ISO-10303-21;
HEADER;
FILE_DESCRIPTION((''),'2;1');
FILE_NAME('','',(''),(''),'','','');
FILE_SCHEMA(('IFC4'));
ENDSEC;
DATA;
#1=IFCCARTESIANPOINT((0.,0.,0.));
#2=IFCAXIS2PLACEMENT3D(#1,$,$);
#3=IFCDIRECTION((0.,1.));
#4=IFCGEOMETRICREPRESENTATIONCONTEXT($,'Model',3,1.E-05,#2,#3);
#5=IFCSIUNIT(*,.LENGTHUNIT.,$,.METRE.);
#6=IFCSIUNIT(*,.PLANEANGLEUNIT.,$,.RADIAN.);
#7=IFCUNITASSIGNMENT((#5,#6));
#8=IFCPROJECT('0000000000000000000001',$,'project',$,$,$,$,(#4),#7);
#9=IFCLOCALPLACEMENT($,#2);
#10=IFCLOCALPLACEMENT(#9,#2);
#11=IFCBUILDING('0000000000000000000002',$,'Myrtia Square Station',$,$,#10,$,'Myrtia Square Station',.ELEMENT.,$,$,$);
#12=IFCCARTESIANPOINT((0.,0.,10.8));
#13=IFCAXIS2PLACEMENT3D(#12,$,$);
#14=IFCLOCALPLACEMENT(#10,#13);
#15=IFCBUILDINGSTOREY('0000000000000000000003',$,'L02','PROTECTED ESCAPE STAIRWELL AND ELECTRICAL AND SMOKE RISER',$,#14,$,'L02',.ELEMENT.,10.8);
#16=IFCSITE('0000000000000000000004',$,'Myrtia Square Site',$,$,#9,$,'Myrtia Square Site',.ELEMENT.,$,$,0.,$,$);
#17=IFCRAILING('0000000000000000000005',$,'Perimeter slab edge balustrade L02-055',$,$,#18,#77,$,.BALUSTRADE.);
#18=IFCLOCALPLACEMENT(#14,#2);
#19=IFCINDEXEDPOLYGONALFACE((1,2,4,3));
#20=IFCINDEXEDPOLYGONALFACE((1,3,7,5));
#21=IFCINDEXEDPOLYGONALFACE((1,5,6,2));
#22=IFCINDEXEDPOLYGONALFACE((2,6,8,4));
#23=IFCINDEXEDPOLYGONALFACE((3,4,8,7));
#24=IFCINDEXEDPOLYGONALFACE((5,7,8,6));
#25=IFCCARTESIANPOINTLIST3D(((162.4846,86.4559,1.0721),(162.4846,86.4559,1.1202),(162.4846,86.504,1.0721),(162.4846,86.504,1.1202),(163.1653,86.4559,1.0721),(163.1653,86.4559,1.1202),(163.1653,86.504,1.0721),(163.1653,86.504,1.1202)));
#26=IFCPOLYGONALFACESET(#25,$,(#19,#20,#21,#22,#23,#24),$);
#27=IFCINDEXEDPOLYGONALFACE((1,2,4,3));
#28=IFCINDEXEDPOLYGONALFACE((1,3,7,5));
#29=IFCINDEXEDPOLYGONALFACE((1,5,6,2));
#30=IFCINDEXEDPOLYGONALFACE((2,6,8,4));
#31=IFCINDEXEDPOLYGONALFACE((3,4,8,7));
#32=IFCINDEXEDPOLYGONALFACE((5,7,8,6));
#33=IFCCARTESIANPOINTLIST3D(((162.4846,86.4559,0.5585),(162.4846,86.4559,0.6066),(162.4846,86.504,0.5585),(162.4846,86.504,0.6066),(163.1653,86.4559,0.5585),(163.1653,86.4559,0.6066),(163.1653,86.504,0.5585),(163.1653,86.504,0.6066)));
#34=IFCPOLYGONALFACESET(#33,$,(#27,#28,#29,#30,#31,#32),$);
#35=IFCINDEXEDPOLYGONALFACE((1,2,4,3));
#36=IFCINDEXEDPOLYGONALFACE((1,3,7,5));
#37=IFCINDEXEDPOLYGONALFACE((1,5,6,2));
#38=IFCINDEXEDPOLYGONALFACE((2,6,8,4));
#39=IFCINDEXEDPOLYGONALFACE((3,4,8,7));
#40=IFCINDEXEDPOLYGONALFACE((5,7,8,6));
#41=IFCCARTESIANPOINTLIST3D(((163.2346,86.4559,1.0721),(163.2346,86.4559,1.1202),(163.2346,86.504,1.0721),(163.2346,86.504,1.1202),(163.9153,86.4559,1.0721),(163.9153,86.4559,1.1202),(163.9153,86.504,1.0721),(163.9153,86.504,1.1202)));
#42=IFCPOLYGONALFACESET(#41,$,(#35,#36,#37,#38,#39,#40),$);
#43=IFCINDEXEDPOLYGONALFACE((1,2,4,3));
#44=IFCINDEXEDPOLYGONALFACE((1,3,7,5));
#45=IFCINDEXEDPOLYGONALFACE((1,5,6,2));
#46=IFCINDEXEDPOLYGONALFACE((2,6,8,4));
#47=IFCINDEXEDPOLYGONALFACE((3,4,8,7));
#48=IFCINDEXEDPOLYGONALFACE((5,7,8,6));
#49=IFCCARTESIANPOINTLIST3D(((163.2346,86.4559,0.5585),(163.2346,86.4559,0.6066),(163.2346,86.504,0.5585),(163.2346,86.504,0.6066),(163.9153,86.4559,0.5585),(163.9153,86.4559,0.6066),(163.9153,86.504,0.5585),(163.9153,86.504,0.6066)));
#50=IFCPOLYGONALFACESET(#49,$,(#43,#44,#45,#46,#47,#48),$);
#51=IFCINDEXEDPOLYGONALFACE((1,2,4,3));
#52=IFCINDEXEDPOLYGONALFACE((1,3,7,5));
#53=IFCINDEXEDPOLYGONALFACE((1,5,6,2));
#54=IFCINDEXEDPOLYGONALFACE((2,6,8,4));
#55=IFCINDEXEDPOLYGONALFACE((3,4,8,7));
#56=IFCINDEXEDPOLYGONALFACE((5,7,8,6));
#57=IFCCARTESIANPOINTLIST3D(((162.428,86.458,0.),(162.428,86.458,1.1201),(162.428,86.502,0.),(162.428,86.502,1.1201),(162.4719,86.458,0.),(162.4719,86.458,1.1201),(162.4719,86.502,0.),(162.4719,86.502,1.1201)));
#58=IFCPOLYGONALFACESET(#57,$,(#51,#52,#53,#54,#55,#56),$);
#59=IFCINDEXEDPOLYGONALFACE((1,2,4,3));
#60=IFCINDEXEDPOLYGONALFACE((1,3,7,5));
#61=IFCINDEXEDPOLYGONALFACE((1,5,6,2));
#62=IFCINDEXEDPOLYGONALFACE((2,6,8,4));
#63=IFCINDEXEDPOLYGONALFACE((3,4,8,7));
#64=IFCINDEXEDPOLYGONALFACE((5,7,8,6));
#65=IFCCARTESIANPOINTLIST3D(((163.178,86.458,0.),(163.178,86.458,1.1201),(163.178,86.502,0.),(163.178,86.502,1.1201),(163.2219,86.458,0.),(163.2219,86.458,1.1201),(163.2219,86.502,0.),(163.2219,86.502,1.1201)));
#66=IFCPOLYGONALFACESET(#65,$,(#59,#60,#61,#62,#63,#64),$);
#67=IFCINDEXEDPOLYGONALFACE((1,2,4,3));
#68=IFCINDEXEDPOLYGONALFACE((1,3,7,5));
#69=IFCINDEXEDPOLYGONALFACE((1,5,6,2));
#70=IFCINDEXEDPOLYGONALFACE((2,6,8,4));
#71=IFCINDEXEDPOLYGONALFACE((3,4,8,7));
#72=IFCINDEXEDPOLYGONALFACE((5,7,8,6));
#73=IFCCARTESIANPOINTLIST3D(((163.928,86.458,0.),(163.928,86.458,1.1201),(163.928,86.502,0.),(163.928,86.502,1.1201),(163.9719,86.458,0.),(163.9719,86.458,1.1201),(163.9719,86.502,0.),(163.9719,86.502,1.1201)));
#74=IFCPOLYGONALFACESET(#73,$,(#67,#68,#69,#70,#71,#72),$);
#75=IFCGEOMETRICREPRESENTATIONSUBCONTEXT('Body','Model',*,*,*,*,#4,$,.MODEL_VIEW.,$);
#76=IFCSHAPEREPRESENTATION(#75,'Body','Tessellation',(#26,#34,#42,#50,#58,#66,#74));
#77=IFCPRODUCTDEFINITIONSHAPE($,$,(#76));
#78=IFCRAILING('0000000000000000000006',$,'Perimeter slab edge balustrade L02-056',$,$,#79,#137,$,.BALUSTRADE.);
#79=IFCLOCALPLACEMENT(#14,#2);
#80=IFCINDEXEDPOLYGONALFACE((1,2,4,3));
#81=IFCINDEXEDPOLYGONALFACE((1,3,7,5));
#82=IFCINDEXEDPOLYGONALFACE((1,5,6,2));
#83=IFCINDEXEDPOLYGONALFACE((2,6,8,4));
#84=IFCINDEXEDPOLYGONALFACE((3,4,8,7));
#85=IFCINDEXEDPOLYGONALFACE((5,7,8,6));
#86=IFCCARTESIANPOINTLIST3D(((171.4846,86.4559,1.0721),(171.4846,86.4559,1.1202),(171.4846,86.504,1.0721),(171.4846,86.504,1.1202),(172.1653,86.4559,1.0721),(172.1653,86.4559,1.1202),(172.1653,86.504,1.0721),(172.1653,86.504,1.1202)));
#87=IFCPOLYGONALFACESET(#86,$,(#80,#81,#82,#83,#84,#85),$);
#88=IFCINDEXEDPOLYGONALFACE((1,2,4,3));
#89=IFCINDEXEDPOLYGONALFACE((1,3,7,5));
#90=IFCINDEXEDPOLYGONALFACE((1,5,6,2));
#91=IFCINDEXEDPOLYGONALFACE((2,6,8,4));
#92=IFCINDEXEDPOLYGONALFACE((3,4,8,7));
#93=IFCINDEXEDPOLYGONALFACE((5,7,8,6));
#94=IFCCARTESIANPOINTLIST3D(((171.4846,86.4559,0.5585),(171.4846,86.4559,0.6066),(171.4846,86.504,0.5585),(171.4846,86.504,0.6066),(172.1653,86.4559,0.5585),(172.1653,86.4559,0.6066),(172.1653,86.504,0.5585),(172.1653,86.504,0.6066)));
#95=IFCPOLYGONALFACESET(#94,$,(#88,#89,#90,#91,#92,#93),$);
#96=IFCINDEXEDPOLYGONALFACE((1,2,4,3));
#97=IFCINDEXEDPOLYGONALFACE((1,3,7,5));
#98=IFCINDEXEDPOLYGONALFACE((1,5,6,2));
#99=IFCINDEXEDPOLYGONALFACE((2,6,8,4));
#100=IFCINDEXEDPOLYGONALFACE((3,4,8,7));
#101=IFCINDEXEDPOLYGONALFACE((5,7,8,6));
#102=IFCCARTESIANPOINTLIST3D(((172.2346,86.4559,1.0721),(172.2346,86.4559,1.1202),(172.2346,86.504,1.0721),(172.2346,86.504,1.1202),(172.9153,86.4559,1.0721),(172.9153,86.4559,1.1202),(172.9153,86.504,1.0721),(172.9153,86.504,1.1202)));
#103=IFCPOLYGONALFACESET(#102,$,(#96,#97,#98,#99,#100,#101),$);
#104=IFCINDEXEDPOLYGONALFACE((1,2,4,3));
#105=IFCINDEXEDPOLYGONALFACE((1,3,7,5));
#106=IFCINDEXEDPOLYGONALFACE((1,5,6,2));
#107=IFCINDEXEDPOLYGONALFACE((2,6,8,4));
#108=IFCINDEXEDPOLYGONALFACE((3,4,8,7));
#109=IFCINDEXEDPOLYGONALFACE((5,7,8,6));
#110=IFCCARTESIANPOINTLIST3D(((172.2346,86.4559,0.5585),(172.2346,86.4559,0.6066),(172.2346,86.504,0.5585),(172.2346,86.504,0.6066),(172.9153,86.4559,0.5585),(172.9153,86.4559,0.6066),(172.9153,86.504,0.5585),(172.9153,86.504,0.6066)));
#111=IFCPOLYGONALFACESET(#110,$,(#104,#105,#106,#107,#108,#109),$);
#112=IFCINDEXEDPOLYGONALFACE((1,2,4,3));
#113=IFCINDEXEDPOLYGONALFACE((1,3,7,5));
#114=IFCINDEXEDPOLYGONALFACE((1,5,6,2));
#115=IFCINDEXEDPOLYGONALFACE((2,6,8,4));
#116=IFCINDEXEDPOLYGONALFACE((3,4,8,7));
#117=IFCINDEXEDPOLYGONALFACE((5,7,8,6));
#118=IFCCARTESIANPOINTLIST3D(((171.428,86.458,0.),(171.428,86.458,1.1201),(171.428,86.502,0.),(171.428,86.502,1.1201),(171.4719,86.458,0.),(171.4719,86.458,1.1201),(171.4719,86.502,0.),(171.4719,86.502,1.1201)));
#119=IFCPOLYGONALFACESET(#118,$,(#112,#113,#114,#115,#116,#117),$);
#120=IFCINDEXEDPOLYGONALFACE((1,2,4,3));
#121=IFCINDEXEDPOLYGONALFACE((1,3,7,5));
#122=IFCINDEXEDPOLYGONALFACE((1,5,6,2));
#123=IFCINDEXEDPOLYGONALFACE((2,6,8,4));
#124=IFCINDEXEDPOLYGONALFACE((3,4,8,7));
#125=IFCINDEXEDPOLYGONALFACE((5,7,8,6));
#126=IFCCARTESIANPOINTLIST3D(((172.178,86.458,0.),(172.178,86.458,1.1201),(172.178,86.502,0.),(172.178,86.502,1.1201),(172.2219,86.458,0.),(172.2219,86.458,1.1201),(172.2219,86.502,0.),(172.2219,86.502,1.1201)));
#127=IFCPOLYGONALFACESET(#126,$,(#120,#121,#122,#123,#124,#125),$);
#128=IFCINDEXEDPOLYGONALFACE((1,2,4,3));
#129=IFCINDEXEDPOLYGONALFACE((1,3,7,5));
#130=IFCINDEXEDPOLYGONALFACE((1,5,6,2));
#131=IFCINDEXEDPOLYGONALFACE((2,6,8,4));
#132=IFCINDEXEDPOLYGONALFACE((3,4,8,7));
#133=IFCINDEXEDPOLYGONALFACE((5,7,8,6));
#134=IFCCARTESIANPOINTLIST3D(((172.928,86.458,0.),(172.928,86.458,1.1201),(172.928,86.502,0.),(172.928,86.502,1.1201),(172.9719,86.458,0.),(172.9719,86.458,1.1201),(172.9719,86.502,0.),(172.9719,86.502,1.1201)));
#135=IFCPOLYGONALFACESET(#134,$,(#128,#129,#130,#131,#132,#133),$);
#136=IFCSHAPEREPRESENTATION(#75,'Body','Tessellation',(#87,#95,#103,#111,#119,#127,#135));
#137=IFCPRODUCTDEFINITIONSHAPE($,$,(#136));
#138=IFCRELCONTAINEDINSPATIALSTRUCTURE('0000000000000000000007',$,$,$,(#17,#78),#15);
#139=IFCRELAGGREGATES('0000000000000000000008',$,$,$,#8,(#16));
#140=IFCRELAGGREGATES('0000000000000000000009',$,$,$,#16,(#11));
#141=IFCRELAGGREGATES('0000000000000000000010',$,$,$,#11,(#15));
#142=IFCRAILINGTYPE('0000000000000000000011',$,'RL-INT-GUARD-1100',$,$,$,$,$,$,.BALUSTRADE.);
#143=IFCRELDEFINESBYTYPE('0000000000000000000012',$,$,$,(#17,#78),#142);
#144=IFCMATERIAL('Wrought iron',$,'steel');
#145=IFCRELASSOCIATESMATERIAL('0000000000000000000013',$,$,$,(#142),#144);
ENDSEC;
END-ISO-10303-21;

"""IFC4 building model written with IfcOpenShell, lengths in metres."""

from ifc_helpers import new_model, si_unit, direction, frame, origin, origin_2d, place, context, subcontext, project, spatial, rectangle, extrude, material, type_object, element, save


model = new_model("IFC4")

# Units and contexts
model_context = context("Model", 3, precision=1e-05, world=origin(), true_north=direction((0.0, 1.0)))
body_context = subcontext(model_context, "Body", "Model", "MODEL_VIEW")
ifc_project = project(units=[si_unit("LENGTHUNIT", "METRE"), si_unit("PLANEANGLEUNIT", "RADIAN")], contexts=[model_context])

# Site, building, storey
site_placement = place(None, origin())
site = spatial("IfcSite", under=ifc_project, at=site_placement, Name="Myrtia Square Site", LongName="Myrtia Square Site", CompositionType="ELEMENT", RefElevation=0.0)
building_placement = place(site_placement, origin())
building = spatial("IfcBuilding", under=site, at=building_placement, Name="Myrtia Square Station", LongName="Myrtia Square Station", CompositionType="ELEMENT")
storey_placement = place(building_placement, frame((0.0, 0.0, 10.8)))
storey = spatial("IfcBuildingStorey", under=building, at=storey_placement, Name="L02", Description="PROTECTED ESCAPE STAIRWELL AND ELECTRICAL AND SMOKE RISER", LongName="L02", CompositionType="ELEMENT", Elevation=10.8)

# Railings
ifc_material_1 = material(Name="Wrought iron", Category="steel")
railing_type = type_object("IfcRailingType", Name="RL-INT-GUARD-1100", PredefinedType="BALUSTRADE", material=ifc_material_1)
for number, where, name in (
    (1, (162.45, 86.48, 0.0), "Perimeter slab edge balustrade L02-055"),
    (2, (171.45, 86.48, 0.0), "Perimeter slab edge balustrade L02-056"),
):
    element("IfcRailing", number, at=place(storey_placement, frame(where)), inside=storey, type_object=railing_type, Name=name, PredefinedType="BALUSTRADE", context=body_context, shape_type="SweptSolid", body=[
        extrude(rectangle(XDim=0.0481, YDim=0.0481, at=origin_2d()), frame((0.0347, 0.0, 1.0962), z_axis=(1.0, 0.0, 0.0), x_axis=(0.0, 1.0, 0.0)), (0.0, 0.0, 1.0), 0.6807),
        extrude(rectangle(XDim=0.0481, YDim=0.0481, at=origin_2d()), frame((0.0347, 0.0, 0.5825), z_axis=(1.0, 0.0, 0.0), x_axis=(0.0, 1.0, 0.0)), (0.0, 0.0, 1.0), 0.6807),
        extrude(rectangle(XDim=0.0481, YDim=0.0481, at=origin_2d()), frame((0.7847, 0.0, 1.0962), z_axis=(1.0, 0.0, 0.0), x_axis=(0.0, 1.0, 0.0)), (0.0, 0.0, 1.0), 0.6807),
        extrude(rectangle(XDim=0.0481, YDim=0.0481, at=origin_2d()), frame((0.7847, 0.0, 0.5825), z_axis=(1.0, 0.0, 0.0), x_axis=(0.0, 1.0, 0.0)), (0.0, 0.0, 1.0), 0.6807),
        extrude(rectangle(XDim=0.0439, YDim=0.0439, at=origin_2d()), origin(), (0.0, 0.0, 1.0), 1.1201),
        extrude(rectangle(XDim=0.0439, YDim=0.0439, at=origin_2d()), frame((0.75, 0.0, 0.0)), (0.0, 0.0, 1.0), 1.1201),
        extrude(rectangle(XDim=0.0439, YDim=0.0439, at=origin_2d()), frame((1.5, 0.0, 0.0)), (0.0, 0.0, 1.0), 1.1201),
    ])

save(model, "model.ifc")
